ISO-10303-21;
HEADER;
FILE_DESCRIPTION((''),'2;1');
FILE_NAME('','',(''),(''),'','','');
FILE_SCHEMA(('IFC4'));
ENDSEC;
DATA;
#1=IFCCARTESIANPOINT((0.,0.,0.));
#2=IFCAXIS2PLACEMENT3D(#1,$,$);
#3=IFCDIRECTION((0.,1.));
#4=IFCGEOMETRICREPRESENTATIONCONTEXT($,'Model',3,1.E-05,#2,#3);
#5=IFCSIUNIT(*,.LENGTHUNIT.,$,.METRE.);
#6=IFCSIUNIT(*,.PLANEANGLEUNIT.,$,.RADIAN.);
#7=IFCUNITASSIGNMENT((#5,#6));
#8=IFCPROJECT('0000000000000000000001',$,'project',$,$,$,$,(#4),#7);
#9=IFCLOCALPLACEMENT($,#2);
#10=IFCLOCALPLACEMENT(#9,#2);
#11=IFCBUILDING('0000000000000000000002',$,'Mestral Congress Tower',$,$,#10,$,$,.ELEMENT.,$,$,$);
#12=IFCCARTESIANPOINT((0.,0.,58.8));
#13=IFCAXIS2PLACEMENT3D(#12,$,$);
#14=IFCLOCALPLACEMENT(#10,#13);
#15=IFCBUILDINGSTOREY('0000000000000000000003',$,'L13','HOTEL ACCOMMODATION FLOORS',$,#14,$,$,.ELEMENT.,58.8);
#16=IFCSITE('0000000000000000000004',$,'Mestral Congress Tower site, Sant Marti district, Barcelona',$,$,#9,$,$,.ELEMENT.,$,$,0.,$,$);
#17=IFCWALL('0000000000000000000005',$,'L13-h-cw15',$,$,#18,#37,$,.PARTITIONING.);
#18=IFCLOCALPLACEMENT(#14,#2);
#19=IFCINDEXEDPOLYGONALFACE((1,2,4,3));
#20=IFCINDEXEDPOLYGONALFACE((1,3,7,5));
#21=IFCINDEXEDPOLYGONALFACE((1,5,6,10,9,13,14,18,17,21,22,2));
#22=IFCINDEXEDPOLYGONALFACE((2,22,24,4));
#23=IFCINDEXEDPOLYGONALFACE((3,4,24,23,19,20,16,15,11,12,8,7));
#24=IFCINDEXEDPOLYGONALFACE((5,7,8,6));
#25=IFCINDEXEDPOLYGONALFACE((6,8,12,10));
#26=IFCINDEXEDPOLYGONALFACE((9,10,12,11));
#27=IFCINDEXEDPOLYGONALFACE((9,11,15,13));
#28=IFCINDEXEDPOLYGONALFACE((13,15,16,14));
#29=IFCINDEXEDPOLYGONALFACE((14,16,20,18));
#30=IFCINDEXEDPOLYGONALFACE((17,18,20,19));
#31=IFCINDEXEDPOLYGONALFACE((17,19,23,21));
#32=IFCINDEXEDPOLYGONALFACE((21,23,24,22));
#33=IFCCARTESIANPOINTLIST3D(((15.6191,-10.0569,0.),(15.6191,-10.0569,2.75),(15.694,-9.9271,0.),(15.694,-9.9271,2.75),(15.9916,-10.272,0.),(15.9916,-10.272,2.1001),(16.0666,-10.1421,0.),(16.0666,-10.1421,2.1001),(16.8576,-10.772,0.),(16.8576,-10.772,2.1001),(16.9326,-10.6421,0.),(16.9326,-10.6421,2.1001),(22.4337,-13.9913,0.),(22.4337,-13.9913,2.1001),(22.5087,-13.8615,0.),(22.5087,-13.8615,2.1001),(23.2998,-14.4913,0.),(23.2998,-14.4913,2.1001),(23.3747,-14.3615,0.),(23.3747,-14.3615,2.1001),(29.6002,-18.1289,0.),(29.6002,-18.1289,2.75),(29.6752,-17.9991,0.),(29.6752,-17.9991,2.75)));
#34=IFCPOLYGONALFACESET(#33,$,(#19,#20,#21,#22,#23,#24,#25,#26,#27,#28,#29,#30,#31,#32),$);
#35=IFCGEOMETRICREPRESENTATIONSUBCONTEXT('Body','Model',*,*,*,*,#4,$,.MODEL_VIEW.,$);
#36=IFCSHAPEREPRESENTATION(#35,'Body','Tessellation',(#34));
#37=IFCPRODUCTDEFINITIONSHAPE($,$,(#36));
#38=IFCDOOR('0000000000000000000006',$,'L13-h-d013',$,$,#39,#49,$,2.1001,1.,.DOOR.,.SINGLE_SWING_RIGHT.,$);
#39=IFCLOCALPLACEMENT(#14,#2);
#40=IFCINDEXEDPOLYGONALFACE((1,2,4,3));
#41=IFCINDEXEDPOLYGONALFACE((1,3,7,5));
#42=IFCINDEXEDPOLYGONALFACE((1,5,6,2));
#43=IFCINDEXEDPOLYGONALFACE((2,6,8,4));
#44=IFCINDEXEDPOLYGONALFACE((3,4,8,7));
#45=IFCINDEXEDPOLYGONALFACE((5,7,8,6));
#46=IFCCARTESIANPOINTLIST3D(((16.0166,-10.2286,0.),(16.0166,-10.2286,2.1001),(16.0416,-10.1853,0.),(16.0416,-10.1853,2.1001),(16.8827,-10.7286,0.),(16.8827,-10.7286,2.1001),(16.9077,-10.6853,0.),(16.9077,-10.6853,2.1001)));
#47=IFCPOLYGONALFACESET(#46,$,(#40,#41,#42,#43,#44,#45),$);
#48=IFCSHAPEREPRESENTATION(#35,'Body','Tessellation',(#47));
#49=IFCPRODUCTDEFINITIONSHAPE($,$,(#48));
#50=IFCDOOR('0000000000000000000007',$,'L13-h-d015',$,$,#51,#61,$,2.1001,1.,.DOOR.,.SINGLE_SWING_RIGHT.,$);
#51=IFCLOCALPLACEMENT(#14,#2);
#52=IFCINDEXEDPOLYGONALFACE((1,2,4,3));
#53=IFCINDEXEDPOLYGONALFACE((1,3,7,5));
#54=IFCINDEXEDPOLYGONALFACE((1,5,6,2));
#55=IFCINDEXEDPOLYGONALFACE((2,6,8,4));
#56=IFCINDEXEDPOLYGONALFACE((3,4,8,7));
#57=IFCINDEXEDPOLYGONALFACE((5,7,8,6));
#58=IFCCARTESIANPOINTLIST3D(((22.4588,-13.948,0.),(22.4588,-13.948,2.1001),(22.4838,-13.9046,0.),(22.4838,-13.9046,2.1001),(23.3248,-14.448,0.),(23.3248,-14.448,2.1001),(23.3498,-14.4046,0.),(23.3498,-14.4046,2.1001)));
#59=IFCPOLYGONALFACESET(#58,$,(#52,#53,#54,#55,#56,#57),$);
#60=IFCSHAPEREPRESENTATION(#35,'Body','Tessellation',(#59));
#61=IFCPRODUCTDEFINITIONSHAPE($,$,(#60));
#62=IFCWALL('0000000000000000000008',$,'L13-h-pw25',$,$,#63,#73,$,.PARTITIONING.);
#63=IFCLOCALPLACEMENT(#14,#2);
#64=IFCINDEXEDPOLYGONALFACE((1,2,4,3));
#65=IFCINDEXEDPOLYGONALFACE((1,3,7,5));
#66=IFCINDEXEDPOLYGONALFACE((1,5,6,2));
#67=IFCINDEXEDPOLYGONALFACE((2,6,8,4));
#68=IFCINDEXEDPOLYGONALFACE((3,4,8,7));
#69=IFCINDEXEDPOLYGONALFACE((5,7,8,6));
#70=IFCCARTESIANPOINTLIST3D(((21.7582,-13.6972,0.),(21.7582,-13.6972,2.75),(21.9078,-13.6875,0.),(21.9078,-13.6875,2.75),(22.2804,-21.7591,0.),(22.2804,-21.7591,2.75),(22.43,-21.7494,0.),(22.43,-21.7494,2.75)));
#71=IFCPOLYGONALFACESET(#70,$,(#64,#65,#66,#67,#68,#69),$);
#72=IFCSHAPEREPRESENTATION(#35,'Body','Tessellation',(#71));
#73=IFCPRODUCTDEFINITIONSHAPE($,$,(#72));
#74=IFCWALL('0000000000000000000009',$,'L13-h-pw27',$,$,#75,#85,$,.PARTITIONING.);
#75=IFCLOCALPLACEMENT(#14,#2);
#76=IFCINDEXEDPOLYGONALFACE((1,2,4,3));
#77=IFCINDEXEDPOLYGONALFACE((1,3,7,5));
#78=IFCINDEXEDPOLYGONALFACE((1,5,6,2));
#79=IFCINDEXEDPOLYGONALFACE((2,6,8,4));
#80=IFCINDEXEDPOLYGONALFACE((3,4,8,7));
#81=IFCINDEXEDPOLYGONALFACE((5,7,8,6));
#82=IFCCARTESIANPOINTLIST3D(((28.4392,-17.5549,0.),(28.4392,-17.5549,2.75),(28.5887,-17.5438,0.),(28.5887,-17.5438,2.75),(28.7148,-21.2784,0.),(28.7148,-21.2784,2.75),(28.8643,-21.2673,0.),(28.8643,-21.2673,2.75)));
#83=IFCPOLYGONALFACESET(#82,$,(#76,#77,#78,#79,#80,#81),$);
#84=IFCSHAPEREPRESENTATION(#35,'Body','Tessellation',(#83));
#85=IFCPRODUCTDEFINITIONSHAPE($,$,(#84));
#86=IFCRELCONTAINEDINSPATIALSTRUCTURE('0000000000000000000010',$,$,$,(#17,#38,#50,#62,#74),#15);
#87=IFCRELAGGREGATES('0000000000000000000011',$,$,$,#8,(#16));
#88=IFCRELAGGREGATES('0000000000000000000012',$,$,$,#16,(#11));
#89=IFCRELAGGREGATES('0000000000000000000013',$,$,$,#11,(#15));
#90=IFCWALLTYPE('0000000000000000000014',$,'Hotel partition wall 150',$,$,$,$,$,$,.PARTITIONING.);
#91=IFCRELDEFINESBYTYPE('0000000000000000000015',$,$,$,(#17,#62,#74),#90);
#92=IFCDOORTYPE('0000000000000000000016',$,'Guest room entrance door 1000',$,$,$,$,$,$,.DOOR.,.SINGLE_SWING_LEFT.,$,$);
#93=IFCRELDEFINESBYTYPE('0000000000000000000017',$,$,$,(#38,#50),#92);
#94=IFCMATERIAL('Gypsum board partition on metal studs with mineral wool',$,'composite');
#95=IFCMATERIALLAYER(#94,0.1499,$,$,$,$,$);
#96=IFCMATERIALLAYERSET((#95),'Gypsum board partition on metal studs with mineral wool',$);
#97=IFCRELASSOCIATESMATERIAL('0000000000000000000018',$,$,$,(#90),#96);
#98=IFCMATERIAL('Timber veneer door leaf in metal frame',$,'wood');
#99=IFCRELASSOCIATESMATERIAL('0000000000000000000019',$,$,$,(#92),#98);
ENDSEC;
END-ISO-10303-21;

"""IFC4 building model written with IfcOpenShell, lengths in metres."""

from ifc_helpers import new_model, si_unit, direction, frame, frame_2d, origin, place, context, subcontext, project, spatial, rectangle, extrude, material, layer, layer_set, type_object, element, fill, save


model = new_model("IFC4")

# Units and contexts
model_context = context("Model", 3, precision=1e-05, world=origin(), true_north=direction((0.0, 1.0)))
body_context = subcontext(model_context, "Body", "Model", "MODEL_VIEW")
ifc_project = project(units=[si_unit("LENGTHUNIT", "METRE"), si_unit("PLANEANGLEUNIT", "RADIAN")], contexts=[model_context])

# Site, building, storey
site_placement = place(None, origin())
site = spatial("IfcSite", under=ifc_project, at=site_placement, Name="Mestral Congress Tower site, Sant Marti district, Barcelona", CompositionType="ELEMENT", RefElevation=0.0)
building_placement = place(site_placement, origin())
building = spatial("IfcBuilding", under=site, at=building_placement, Name="Mestral Congress Tower", CompositionType="ELEMENT")
storey_placement = place(building_placement, frame((0.0, 0.0, 58.8)))
storey = spatial("IfcBuildingStorey", under=building, at=storey_placement, Name="L13", Description="HOTEL ACCOMMODATION FLOORS", CompositionType="ELEMENT", Elevation=58.8)

# Shared definitions
ifc_material_1 = material(Name="Gypsum board partition on metal studs with mineral wool", Category="composite")

# Wall, openings, doors
ifc_layer_1 = layer(ifc_material_1, 0.1499)
ifc_layer_set_1 = layer_set([ifc_layer_1], Name="Gypsum board partition on metal studs with mineral wool")
wall_type_1 = type_object("IfcWallType", Name="Hotel partition wall 150", PredefinedType="PARTITIONING", material=ifc_layer_set_1)
wall_1_placement = place(storey_placement, frame((29.6377, -18.064, 0.0), z_axis=(0.0, 0.0, 1.0), x_axis=(-0.866026, 0.499999, 0.0)))
wall_1 = element("IfcWall", 1, at=wall_1_placement, inside=storey, type_object=wall_type_1, Name="L13-h-cw15", PredefinedType="PARTITIONING", context=body_context, shape_type="SweptSolid", body=[
    extrude(rectangle(XDim=16.144, YDim=0.1499, at=frame_2d((8.072, 0.0))), origin(), (0.0, 0.0, 1.0), 2.75),
])
opening_1_placement = place(wall_1_placement, frame((14.7139, 0.0, 0.0)))
opening_1 = element("IfcOpeningElement", 2, at=opening_1_placement, cuts=wall_1, PredefinedType="OPENING", context=body_context, shape_type="SweptSolid", body=[
    extrude(rectangle(XDim=1.0, YDim=2.1001, at=frame_2d((0.5, 1.05))), frame((0.0, 0.085, 0.0), z_axis=(0.0, -1.0, 0.0), x_axis=(1.0, 0.0, 0.0)), (0.0, 0.0, 1.0), 0.1699),
])
opening_2_placement = place(wall_1_placement, frame((7.2751, 0.0, 0.0)))
opening_2 = element("IfcOpeningElement", 3, at=opening_2_placement, cuts=wall_1, PredefinedType="OPENING", context=body_context, shape_type="SweptSolid", body=[
    extrude(rectangle(XDim=1.0, YDim=2.1001, at=frame_2d((0.5, 1.05))), frame((0.0, 0.085, 0.0), z_axis=(0.0, -1.0, 0.0), x_axis=(1.0, 0.0, 0.0)), (0.0, 0.0, 1.0), 0.1699),
])
ifc_material_2 = material(Name="Timber veneer door leaf in metal frame", Category="wood")
door_type = type_object("IfcDoorType", Name="Guest room entrance door 1000", OperationType="SINGLE_SWING_LEFT", PredefinedType="DOOR", material=ifc_material_2)
door_1_placement = place(opening_1_placement, origin())
door_1 = element("IfcDoor", 4, at=door_1_placement, inside=storey, type_object=door_type, Name="L13-h-d013", OperationType="SINGLE_SWING_RIGHT", OverallHeight=2.1001, OverallWidth=1.0, PredefinedType="DOOR", context=body_context, shape_type="SweptSolid", body=[
    extrude(rectangle(XDim=1.0, YDim=2.1001, at=frame_2d((0.5, 1.05))), frame((0.0, 0.0249, 0.0), z_axis=(0.0, -1.0, 0.0), x_axis=(1.0, 0.0, 0.0)), (0.0, 0.0, 1.0), 0.05),
])
fill(opening_1, door_1)
door_2_placement = place(opening_2_placement, origin())
door_2 = element("IfcDoor", 5, at=door_2_placement, inside=storey, type_object=door_type, Name="L13-h-d015", OperationType="SINGLE_SWING_RIGHT", OverallHeight=2.1001, OverallWidth=1.0, PredefinedType="DOOR", context=body_context, shape_type="SweptSolid", body=[
    extrude(rectangle(XDim=1.0, YDim=2.1001, at=frame_2d((0.5, 1.05))), frame((0.0, 0.0249, 0.0), z_axis=(0.0, -1.0, 0.0), x_axis=(1.0, 0.0, 0.0)), (0.0, 0.0, 1.0), 0.05),
])
fill(opening_2, door_2)

# Walls
wall_2_placement = place(storey_placement, frame((22.3552, -21.7544, 0.0), z_axis=(0.0, 0.0, 1.0), x_axis=(-0.06464, 0.997909, 0.0)))
element("IfcWall", 6, at=wall_2_placement, inside=storey, type_object=wall_type_1, Name="L13-h-pw25", PredefinedType="PARTITIONING", context=body_context, shape_type="SweptSolid", body=[
    extrude(rectangle(XDim=8.0789, YDim=0.1499, at=frame_2d((4.0396, 0.0))), origin(), (0.0, 0.0, 1.0), 2.75),
])
wall_3_placement = place(storey_placement, frame((28.7896, -21.2727, 0.0), z_axis=(0.0, 0.0, 1.0), x_axis=(-0.073826, 0.997271, 0.0)))
element("IfcWall", 7, at=wall_3_placement, inside=storey, type_object=wall_type_1, Name="L13-h-pw27", PredefinedType="PARTITIONING", context=body_context, shape_type="SweptSolid", body=[
    extrude(rectangle(XDim=3.7336, YDim=0.1499, at=frame_2d((1.8667, 0.0))), origin(), (0.0, 0.0, 1.0), 2.75),
])

save(model, "model.ifc")
